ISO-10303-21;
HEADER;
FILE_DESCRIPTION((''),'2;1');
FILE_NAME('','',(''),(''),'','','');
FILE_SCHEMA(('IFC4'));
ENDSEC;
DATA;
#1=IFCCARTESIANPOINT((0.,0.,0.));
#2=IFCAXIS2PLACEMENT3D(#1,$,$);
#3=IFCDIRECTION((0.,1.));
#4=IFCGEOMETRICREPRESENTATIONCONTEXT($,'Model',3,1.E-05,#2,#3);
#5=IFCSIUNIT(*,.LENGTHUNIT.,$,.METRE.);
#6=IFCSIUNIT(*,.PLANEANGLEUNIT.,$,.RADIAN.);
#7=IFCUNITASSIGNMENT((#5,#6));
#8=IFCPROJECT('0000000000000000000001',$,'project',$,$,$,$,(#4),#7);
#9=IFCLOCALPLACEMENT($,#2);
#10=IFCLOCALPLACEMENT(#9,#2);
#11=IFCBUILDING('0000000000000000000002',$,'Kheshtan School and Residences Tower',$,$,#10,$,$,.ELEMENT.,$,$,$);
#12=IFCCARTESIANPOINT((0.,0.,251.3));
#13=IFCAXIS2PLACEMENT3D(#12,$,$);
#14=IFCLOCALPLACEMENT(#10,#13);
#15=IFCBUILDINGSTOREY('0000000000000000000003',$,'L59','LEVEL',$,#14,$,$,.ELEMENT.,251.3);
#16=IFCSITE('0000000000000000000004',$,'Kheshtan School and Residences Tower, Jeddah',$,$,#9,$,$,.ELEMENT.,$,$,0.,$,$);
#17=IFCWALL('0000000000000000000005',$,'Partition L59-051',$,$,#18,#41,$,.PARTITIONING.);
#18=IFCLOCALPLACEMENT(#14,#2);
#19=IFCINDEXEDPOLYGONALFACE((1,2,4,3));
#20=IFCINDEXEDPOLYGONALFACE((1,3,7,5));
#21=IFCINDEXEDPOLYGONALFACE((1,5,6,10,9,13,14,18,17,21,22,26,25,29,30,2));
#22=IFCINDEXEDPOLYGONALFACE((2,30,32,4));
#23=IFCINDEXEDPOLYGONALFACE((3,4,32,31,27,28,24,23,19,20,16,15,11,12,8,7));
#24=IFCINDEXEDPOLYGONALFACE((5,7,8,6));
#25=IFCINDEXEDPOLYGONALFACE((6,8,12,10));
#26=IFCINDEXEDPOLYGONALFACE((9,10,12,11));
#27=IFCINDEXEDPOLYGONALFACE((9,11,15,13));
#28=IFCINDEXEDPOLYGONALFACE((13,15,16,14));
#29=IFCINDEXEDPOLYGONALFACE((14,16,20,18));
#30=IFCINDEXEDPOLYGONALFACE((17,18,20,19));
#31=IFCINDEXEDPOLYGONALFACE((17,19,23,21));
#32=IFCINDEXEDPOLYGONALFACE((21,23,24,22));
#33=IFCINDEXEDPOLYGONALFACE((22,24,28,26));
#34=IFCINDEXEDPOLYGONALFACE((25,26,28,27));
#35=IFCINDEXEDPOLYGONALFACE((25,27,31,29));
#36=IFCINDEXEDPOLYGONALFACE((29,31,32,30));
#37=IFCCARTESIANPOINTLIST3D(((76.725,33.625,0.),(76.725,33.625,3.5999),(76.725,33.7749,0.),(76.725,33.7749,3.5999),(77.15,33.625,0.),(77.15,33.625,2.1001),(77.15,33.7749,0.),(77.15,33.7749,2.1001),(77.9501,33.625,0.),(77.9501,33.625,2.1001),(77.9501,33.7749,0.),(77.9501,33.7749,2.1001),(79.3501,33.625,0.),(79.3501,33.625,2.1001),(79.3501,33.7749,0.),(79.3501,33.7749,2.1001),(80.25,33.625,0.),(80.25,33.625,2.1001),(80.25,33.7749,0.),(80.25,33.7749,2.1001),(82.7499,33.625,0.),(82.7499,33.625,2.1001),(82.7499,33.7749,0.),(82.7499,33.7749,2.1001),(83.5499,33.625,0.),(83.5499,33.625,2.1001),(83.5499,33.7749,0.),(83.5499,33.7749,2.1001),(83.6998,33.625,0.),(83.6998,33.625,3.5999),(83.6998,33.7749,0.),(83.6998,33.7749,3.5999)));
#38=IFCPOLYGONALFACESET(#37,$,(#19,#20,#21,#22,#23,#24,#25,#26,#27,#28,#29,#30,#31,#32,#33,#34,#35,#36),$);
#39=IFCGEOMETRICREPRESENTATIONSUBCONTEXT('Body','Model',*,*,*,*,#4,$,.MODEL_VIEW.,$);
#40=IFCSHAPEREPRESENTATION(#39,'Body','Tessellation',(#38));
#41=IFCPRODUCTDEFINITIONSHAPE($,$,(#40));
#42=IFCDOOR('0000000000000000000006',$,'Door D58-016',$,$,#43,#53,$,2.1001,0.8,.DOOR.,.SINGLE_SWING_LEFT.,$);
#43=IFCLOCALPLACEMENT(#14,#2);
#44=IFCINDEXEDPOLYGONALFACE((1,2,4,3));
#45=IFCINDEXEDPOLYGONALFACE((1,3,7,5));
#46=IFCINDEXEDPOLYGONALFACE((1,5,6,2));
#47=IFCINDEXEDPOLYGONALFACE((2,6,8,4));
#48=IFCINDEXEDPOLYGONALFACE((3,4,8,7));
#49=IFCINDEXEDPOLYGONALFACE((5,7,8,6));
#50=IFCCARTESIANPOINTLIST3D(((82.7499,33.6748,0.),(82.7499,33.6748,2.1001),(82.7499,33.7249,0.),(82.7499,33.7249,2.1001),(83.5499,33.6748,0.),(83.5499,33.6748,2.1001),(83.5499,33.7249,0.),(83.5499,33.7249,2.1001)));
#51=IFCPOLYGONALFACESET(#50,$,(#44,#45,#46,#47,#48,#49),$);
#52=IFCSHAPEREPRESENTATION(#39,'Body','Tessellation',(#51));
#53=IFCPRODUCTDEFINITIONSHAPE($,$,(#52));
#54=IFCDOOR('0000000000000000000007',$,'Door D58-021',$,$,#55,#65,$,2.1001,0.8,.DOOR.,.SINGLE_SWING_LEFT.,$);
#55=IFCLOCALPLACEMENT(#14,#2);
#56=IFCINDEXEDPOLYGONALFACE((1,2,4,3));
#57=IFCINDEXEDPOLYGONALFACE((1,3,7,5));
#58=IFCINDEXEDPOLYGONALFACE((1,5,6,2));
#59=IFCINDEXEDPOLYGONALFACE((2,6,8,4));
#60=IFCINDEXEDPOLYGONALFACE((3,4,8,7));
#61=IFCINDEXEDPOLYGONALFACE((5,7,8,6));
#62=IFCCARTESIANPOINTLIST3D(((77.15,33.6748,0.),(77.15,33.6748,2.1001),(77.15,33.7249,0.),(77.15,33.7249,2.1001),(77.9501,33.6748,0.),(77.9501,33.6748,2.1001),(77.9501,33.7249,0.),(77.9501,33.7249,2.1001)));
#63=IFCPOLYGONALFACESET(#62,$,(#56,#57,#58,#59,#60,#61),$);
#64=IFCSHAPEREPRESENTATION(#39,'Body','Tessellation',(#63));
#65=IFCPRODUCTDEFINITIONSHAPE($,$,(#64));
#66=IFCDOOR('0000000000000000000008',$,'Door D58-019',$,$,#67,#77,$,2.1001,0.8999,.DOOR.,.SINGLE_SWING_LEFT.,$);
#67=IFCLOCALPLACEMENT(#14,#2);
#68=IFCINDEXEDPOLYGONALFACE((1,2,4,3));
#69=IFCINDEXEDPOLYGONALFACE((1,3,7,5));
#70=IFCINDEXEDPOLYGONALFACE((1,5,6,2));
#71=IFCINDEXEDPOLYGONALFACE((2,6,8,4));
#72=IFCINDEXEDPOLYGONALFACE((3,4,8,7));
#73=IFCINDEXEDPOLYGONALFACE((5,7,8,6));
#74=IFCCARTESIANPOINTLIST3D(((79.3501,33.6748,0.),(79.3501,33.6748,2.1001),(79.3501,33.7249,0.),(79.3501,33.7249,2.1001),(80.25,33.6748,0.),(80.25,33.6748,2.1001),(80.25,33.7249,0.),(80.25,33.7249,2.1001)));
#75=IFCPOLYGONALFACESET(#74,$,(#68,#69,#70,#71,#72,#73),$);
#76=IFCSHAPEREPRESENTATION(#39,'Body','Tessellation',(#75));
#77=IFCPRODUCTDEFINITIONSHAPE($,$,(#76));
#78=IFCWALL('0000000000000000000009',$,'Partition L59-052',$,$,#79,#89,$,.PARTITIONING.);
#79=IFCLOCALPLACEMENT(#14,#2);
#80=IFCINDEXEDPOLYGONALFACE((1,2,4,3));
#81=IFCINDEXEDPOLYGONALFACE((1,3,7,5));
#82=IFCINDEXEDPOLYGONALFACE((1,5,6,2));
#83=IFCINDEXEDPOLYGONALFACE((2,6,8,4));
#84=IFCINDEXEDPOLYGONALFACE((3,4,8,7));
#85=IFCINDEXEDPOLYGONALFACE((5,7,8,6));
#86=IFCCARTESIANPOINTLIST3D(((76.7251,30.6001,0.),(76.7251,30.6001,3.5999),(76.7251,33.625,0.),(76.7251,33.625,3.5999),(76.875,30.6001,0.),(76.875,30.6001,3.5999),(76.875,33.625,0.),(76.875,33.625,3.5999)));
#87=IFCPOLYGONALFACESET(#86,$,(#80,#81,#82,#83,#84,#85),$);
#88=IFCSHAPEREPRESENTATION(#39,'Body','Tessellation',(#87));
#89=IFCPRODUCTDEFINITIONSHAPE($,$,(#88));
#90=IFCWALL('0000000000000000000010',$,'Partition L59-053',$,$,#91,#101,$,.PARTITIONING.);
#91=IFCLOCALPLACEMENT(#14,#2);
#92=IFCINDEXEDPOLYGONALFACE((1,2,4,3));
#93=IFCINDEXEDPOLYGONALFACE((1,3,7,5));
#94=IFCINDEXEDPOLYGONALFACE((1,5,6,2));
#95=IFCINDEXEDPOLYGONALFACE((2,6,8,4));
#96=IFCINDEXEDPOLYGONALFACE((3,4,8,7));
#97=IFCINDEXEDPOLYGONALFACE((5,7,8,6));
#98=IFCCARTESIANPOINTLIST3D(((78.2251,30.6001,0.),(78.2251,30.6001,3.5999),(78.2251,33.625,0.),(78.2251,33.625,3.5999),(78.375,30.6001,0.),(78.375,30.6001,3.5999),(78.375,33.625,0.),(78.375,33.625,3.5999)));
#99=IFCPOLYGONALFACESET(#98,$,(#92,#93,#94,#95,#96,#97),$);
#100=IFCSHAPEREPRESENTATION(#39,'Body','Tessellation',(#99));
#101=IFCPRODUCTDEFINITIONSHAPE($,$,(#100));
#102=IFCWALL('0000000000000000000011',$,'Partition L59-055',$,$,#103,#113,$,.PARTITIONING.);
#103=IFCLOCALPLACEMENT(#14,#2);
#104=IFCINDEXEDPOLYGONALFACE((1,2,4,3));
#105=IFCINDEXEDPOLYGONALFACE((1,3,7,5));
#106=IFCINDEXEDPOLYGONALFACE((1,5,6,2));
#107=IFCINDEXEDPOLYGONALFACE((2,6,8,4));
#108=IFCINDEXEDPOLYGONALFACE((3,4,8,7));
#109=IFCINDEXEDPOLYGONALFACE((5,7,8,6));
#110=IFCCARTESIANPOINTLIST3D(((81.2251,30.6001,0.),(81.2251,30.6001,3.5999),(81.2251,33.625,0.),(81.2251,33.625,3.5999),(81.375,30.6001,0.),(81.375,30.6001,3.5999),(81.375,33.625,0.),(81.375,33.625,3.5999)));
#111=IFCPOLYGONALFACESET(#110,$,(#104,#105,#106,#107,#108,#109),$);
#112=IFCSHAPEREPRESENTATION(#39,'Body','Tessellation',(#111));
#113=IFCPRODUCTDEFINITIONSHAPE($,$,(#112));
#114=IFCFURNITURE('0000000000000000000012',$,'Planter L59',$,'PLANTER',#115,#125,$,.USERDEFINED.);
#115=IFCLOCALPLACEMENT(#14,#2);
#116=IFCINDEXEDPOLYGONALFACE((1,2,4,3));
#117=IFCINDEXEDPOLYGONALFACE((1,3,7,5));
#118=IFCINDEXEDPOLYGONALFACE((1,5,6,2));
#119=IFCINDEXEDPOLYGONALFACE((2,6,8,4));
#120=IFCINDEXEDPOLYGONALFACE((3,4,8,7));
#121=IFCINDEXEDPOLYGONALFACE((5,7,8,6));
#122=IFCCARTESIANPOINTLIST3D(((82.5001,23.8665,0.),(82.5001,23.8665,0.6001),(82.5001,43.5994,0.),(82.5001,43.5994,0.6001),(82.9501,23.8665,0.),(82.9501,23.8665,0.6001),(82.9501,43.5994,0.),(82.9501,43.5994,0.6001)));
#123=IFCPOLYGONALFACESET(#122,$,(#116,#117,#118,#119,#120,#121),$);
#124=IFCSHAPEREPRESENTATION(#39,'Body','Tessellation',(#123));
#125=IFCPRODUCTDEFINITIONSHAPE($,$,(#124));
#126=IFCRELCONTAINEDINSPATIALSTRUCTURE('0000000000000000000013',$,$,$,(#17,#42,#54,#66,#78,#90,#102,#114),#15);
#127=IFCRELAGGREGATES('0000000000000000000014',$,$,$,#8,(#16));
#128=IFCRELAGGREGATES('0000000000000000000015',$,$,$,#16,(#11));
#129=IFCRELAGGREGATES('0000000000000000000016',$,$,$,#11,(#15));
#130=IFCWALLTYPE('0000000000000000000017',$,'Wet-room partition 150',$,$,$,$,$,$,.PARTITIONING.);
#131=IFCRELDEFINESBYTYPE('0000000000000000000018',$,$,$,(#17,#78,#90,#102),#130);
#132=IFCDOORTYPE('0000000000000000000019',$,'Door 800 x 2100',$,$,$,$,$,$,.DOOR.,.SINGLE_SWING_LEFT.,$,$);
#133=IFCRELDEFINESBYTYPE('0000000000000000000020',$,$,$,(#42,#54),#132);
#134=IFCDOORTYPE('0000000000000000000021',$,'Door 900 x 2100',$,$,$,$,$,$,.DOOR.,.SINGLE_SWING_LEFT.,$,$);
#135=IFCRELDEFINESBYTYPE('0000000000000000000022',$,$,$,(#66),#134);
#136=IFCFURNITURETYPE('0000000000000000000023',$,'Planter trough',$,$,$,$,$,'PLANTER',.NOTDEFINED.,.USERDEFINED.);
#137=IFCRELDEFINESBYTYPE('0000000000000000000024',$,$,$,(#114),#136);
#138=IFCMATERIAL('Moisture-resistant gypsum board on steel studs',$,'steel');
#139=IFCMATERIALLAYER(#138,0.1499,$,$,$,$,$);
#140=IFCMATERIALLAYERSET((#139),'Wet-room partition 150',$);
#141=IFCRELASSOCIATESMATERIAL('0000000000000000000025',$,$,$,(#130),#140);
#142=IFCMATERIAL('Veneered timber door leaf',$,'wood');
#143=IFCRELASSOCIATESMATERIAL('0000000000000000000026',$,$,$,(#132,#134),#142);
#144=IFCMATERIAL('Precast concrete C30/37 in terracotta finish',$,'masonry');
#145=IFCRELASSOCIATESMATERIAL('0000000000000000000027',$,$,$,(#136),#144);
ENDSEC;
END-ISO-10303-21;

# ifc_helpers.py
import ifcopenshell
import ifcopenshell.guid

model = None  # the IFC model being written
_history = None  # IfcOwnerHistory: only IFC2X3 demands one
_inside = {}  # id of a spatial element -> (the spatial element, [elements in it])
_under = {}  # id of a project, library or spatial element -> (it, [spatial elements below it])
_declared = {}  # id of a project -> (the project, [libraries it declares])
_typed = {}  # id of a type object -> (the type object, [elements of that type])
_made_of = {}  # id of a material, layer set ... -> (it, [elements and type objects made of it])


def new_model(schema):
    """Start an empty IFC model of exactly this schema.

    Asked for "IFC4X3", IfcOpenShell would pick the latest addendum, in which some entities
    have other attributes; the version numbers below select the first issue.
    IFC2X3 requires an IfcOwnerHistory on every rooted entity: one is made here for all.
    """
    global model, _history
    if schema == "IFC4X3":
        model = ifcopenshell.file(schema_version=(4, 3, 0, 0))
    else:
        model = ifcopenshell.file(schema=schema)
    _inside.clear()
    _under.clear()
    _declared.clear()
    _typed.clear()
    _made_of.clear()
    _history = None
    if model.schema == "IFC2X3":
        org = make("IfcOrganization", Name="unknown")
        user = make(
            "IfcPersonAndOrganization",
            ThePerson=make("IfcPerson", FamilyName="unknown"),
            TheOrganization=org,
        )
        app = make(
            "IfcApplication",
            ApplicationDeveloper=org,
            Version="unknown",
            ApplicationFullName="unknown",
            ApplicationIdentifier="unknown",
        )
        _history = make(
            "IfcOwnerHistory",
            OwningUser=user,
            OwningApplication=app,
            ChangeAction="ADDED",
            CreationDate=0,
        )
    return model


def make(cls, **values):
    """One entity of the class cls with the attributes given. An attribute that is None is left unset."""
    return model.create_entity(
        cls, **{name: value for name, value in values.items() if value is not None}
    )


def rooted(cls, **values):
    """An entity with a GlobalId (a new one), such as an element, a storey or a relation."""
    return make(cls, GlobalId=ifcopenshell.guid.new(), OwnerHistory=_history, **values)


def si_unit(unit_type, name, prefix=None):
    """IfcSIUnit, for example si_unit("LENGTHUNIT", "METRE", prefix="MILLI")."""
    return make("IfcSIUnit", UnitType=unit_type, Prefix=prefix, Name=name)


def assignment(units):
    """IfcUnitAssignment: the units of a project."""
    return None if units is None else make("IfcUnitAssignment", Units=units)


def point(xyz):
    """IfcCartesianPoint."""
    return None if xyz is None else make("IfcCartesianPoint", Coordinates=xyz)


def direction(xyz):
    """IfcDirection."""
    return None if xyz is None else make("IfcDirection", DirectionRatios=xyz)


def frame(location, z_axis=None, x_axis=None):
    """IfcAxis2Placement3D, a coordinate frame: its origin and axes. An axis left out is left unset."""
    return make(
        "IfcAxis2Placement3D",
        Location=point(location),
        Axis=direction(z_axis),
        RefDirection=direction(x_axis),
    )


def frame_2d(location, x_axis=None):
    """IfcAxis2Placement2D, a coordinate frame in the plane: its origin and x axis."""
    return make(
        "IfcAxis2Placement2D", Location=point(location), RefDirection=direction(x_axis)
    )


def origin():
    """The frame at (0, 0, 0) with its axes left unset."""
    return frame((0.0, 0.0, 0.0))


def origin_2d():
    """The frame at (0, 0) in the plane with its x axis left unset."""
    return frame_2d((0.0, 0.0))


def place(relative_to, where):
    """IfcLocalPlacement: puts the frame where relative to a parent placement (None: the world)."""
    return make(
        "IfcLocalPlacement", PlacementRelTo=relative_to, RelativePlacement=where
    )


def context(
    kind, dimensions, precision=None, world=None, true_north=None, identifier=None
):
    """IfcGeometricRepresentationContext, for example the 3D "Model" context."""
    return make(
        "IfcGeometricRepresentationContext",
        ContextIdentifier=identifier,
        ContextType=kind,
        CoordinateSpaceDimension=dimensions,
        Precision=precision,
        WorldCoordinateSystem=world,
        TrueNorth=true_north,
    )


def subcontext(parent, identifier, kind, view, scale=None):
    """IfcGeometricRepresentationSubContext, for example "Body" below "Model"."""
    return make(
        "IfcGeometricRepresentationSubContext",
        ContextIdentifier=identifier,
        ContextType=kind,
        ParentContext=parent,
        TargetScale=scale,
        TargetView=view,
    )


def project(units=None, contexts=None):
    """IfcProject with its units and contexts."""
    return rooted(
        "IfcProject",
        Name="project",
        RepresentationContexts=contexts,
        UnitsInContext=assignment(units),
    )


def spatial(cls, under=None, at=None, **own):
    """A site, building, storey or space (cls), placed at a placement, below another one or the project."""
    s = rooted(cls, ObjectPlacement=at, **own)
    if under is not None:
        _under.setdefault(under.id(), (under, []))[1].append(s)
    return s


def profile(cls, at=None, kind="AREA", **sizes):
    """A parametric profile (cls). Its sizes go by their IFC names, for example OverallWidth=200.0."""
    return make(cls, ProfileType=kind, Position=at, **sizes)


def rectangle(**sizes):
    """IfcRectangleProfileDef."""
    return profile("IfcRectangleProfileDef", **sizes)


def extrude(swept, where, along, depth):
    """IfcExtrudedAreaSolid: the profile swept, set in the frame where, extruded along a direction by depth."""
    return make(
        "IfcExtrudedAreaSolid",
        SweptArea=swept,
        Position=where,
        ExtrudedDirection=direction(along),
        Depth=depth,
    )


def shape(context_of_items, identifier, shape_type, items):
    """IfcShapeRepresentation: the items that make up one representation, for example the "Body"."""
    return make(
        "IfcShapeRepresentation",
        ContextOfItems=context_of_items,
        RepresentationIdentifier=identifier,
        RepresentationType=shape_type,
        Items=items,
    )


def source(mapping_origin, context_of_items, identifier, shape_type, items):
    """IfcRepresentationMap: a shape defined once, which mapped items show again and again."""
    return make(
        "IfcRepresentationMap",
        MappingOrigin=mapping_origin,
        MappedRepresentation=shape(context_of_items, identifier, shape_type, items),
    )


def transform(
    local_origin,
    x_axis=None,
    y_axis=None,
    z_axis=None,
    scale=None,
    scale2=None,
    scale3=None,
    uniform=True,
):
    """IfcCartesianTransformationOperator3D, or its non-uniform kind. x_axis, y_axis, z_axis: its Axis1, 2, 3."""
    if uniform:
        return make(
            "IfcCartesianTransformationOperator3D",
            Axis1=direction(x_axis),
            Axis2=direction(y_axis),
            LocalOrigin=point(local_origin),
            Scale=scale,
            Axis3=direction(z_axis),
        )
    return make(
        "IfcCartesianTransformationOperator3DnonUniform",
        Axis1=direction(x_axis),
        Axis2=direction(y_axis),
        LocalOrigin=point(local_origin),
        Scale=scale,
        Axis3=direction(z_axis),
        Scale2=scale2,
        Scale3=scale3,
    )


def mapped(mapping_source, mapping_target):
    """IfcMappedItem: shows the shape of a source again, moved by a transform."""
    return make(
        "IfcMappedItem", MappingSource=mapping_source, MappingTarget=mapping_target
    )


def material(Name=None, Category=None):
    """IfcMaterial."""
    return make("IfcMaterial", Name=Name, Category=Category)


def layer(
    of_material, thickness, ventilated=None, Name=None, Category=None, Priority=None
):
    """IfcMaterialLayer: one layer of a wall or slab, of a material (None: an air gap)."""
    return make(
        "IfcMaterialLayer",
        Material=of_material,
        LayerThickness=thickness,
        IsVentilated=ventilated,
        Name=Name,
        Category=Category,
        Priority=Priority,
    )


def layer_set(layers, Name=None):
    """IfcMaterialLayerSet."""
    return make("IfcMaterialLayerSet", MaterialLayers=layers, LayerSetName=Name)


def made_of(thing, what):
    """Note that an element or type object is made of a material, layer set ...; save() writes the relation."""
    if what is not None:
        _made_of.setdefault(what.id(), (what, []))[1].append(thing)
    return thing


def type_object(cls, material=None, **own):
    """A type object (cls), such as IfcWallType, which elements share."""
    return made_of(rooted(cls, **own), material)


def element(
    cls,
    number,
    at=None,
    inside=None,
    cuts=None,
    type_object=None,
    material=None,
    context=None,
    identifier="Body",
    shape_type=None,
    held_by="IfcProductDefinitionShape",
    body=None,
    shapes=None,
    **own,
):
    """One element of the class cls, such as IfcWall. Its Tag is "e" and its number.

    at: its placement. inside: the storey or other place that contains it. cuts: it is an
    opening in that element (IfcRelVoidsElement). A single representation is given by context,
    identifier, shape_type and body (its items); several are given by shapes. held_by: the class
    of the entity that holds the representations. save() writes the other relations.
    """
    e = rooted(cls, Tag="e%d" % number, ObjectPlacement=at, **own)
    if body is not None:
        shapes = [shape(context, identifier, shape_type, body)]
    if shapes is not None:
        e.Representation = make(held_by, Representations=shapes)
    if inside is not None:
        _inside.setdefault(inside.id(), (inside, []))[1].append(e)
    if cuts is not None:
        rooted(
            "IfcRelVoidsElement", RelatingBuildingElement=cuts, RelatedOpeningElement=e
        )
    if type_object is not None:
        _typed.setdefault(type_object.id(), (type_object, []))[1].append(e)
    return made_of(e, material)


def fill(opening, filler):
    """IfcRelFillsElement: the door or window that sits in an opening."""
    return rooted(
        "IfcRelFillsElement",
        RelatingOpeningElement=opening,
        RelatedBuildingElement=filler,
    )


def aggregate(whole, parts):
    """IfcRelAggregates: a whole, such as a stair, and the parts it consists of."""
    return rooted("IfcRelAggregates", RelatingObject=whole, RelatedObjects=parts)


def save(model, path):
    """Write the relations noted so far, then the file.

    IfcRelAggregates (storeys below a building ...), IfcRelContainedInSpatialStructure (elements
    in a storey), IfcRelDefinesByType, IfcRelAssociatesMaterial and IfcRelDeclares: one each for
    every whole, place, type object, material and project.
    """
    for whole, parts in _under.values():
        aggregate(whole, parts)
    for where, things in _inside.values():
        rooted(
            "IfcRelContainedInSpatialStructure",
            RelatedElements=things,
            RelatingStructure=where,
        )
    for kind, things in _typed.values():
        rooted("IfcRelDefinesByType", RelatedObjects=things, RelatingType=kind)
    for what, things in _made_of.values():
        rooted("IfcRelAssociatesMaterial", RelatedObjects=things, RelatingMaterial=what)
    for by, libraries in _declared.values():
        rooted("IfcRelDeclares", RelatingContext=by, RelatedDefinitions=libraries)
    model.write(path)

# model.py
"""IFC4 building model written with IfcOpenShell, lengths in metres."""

from ifc_helpers import new_model, si_unit, direction, frame, frame_2d, origin, origin_2d, place, context, subcontext, project, spatial, rectangle, extrude, source, transform, mapped, material, layer, layer_set, type_object, element, fill, save


model = new_model("IFC4")

# Units and contexts
model_context = context("Model", 3, precision=1e-05, world=origin(), true_north=direction((0.0, 1.0)))
body_context = subcontext(model_context, "Body", "Model", "MODEL_VIEW")
ifc_project = project(units=[si_unit("LENGTHUNIT", "METRE"), si_unit("PLANEANGLEUNIT", "RADIAN")], contexts=[model_context])

# Site, building, storey
site_placement = place(None, origin())
site = spatial("IfcSite", under=ifc_project, at=site_placement, Name="Kheshtan School and Residences Tower, Jeddah", CompositionType="ELEMENT", RefElevation=0.0)
building_placement = place(site_placement, origin())
building = spatial("IfcBuilding", under=site, at=building_placement, Name="Kheshtan School and Residences Tower", CompositionType="ELEMENT")
storey_placement = place(building_placement, frame((0.0, 0.0, 251.3)))
storey = spatial("IfcBuildingStorey", under=building, at=storey_placement, Name="L59", Description="LEVEL", CompositionType="ELEMENT", Elevation=251.3)

# Wall, openings, doors
ifc_material_1 = material(Name="Moisture-resistant gypsum board on steel studs", Category="steel")
ifc_layer_1 = layer(ifc_material_1, 0.1499)
ifc_layer_set_1 = layer_set([ifc_layer_1], Name="Wet-room partition 150")
wall_type_1 = type_object("IfcWallType", Name="Wet-room partition 150", PredefinedType="PARTITIONING", material=ifc_layer_set_1)
wall_1_placement = place(storey_placement, frame((76.7251, 33.7, 0.0), z_axis=(0.0, 0.0, 1.0), x_axis=(1.0, 0.0, 0.0)))
wall_1 = element("IfcWall", 1, at=wall_1_placement, inside=storey, type_object=wall_type_1, Name="Partition L59-051", PredefinedType="PARTITIONING", context=body_context, shape_type="SweptSolid", body=[
    extrude(rectangle(XDim=6.9749, YDim=0.1499, at=frame_2d((3.4873, 0.0))), origin(), (0.0, 0.0, 1.0), 3.5999),
])
opening_1_placement = place(wall_1_placement, frame((6.0249, 0.0, 0.0)))
opening_1 = element("IfcOpeningElement", 2, at=opening_1_placement, cuts=wall_1, PredefinedType="OPENING", context=body_context, shape_type="SweptSolid", body=[
    extrude(rectangle(XDim=0.8, YDim=2.1001, at=frame_2d((0.3999, 1.05))), frame((0.0, 0.085, 0.0), z_axis=(0.0, -1.0, 0.0), x_axis=(1.0, 0.0, 0.0)), (0.0, 0.0, 1.0), 0.1699),
])
opening_2_placement = place(wall_1_placement, frame((2.625, 0.0, 0.0)))
opening_2 = element("IfcOpeningElement", 3, at=opening_2_placement, cuts=wall_1, PredefinedType="OPENING", context=body_context, shape_type="SweptSolid", body=[
    extrude(rectangle(XDim=0.8999, YDim=2.1001, at=frame_2d((0.45, 1.05))), frame((0.0, 0.085, 0.0), z_axis=(0.0, -1.0, 0.0), x_axis=(1.0, 0.0, 0.0)), (0.0, 0.0, 1.0), 0.1699),
])
opening_3_placement = place(wall_1_placement, frame((0.425, 0.0, 0.0)))
opening_3 = element("IfcOpeningElement", 4, at=opening_3_placement, cuts=wall_1, PredefinedType="OPENING", context=body_context, shape_type="SweptSolid", body=[
    extrude(rectangle(XDim=0.8, YDim=2.1001, at=frame_2d((0.3999, 1.05))), frame((0.0, 0.085, 0.0), z_axis=(0.0, -1.0, 0.0), x_axis=(1.0, 0.0, 0.0)), (0.0, 0.0, 1.0), 0.1699),
])
ifc_material_2 = material(Name="Veneered timber door leaf", Category="wood")
door_type_1 = type_object("IfcDoorType", Name="Door 800 x 2100", OperationType="SINGLE_SWING_LEFT", PredefinedType="DOOR", material=ifc_material_2)
shared_shape_1 = source(origin(), body_context, "Body", "SweptSolid", [
    extrude(rectangle(XDim=0.8, YDim=2.1001, at=frame_2d((0.3999, 1.05))), frame((0.0, 0.0249, 0.0), z_axis=(0.0, -1.0, 0.0), x_axis=(1.0, 0.0, 0.0)), (0.0, 0.0, 1.0), 0.05),
])
door_1_placement = place(opening_1_placement, origin())
door_1 = element("IfcDoor", 5, at=door_1_placement, inside=storey, type_object=door_type_1, Name="Door D58-016", OperationType="SINGLE_SWING_LEFT", OverallHeight=2.1001, OverallWidth=0.8, PredefinedType="DOOR", context=body_context, shape_type="MappedRepresentation", body=[
    mapped(shared_shape_1, transform((0.0, 0.0, 0.0), x_axis=(1.0, 0.0, 0.0), y_axis=(0.0, 1.0, 0.0), z_axis=(0.0, 0.0, 1.0), scale=1.0)),
])
fill(opening_1, door_1)
door_2_placement = place(opening_3_placement, origin())
door_2 = element("IfcDoor", 6, at=door_2_placement, inside=storey, type_object=door_type_1, Name="Door D58-021", OperationType="SINGLE_SWING_LEFT", OverallHeight=2.1001, OverallWidth=0.8, PredefinedType="DOOR", context=body_context, shape_type="MappedRepresentation", body=[
    mapped(shared_shape_1, transform((0.0, 0.0, 0.0), x_axis=(1.0, 0.0, 0.0), y_axis=(0.0, 1.0, 0.0), z_axis=(0.0, 0.0, 1.0), scale=1.0)),
])
fill(opening_3, door_2)
door_type_2 = type_object("IfcDoorType", Name="Door 900 x 2100", OperationType="SINGLE_SWING_LEFT", PredefinedType="DOOR", material=ifc_material_2)
shared_shape_2 = source(origin(), body_context, "Body", "SweptSolid", [
    extrude(rectangle(XDim=0.8999, YDim=2.1001, at=frame_2d((0.45, 1.05))), frame((0.0, 0.0249, 0.0), z_axis=(0.0, -1.0, 0.0), x_axis=(1.0, 0.0, 0.0)), (0.0, 0.0, 1.0), 0.05),
])
door_3_placement = place(opening_2_placement, origin())
door_3 = element("IfcDoor", 7, at=door_3_placement, inside=storey, type_object=door_type_2, Name="Door D58-019", OperationType="SINGLE_SWING_LEFT", OverallHeight=2.1001, OverallWidth=0.8999, PredefinedType="DOOR", context=body_context, shape_type="MappedRepresentation", body=[
    mapped(shared_shape_2, transform((0.0, 0.0, 0.0), x_axis=(1.0, 0.0, 0.0), y_axis=(0.0, 1.0, 0.0), z_axis=(0.0, 0.0, 1.0), scale=1.0)),
])
fill(opening_2, door_3)

# Walls
for number, where, z_axis, x_axis, name in (
    (8, (76.8, 30.6001, 0.0), (0.0, 0.0, 1.0), (0.0, 1.0, 0.0), "Partition L59-052"),
    (9, (78.3, 30.6001, 0.0), (0.0, 0.0, 1.0), (0.0, 1.0, 0.0), "Partition L59-053"),
    (10, (81.3, 30.6001, 0.0), (0.0, 0.0, 1.0), (0.0, 1.0, 0.0), "Partition L59-055"),
):
    element("IfcWall", number, at=place(storey_placement, frame(where, z_axis=z_axis, x_axis=x_axis)), inside=storey, type_object=wall_type_1, Name=name, PredefinedType="PARTITIONING", context=body_context, shape_type="SweptSolid", body=[
        extrude(rectangle(XDim=3.0249, YDim=0.1499, at=frame_2d((1.5125, 0.0))), origin(), (0.0, 0.0, 1.0), 3.5999),
    ])

# Furniture
ifc_material_3 = material(Name="Precast concrete C30/37 in terracotta finish", Category="masonry")
furniture_type = type_object("IfcFurnitureType", Name="Planter trough", ElementType="PLANTER", AssemblyPlace="NOTDEFINED", PredefinedType="USERDEFINED", material=ifc_material_3)
furniture_placement = place(storey_placement, frame((82.7251, 33.7329, 0.0), z_axis=(0.0, 0.0, 1.0), x_axis=(0.0, -1.0, 0.0)))
element("IfcFurniture", 11, at=furniture_placement, inside=storey, type_object=furniture_type, Name="Planter L59", ObjectType="PLANTER", PredefinedType="USERDEFINED", context=body_context, shape_type="SweptSolid", body=[
    extrude(rectangle(XDim=19.7329, YDim=0.45, at=origin_2d()), origin(), (0.0, 0.0, 1.0), 0.6001),
])

save(model, "model.ifc")
